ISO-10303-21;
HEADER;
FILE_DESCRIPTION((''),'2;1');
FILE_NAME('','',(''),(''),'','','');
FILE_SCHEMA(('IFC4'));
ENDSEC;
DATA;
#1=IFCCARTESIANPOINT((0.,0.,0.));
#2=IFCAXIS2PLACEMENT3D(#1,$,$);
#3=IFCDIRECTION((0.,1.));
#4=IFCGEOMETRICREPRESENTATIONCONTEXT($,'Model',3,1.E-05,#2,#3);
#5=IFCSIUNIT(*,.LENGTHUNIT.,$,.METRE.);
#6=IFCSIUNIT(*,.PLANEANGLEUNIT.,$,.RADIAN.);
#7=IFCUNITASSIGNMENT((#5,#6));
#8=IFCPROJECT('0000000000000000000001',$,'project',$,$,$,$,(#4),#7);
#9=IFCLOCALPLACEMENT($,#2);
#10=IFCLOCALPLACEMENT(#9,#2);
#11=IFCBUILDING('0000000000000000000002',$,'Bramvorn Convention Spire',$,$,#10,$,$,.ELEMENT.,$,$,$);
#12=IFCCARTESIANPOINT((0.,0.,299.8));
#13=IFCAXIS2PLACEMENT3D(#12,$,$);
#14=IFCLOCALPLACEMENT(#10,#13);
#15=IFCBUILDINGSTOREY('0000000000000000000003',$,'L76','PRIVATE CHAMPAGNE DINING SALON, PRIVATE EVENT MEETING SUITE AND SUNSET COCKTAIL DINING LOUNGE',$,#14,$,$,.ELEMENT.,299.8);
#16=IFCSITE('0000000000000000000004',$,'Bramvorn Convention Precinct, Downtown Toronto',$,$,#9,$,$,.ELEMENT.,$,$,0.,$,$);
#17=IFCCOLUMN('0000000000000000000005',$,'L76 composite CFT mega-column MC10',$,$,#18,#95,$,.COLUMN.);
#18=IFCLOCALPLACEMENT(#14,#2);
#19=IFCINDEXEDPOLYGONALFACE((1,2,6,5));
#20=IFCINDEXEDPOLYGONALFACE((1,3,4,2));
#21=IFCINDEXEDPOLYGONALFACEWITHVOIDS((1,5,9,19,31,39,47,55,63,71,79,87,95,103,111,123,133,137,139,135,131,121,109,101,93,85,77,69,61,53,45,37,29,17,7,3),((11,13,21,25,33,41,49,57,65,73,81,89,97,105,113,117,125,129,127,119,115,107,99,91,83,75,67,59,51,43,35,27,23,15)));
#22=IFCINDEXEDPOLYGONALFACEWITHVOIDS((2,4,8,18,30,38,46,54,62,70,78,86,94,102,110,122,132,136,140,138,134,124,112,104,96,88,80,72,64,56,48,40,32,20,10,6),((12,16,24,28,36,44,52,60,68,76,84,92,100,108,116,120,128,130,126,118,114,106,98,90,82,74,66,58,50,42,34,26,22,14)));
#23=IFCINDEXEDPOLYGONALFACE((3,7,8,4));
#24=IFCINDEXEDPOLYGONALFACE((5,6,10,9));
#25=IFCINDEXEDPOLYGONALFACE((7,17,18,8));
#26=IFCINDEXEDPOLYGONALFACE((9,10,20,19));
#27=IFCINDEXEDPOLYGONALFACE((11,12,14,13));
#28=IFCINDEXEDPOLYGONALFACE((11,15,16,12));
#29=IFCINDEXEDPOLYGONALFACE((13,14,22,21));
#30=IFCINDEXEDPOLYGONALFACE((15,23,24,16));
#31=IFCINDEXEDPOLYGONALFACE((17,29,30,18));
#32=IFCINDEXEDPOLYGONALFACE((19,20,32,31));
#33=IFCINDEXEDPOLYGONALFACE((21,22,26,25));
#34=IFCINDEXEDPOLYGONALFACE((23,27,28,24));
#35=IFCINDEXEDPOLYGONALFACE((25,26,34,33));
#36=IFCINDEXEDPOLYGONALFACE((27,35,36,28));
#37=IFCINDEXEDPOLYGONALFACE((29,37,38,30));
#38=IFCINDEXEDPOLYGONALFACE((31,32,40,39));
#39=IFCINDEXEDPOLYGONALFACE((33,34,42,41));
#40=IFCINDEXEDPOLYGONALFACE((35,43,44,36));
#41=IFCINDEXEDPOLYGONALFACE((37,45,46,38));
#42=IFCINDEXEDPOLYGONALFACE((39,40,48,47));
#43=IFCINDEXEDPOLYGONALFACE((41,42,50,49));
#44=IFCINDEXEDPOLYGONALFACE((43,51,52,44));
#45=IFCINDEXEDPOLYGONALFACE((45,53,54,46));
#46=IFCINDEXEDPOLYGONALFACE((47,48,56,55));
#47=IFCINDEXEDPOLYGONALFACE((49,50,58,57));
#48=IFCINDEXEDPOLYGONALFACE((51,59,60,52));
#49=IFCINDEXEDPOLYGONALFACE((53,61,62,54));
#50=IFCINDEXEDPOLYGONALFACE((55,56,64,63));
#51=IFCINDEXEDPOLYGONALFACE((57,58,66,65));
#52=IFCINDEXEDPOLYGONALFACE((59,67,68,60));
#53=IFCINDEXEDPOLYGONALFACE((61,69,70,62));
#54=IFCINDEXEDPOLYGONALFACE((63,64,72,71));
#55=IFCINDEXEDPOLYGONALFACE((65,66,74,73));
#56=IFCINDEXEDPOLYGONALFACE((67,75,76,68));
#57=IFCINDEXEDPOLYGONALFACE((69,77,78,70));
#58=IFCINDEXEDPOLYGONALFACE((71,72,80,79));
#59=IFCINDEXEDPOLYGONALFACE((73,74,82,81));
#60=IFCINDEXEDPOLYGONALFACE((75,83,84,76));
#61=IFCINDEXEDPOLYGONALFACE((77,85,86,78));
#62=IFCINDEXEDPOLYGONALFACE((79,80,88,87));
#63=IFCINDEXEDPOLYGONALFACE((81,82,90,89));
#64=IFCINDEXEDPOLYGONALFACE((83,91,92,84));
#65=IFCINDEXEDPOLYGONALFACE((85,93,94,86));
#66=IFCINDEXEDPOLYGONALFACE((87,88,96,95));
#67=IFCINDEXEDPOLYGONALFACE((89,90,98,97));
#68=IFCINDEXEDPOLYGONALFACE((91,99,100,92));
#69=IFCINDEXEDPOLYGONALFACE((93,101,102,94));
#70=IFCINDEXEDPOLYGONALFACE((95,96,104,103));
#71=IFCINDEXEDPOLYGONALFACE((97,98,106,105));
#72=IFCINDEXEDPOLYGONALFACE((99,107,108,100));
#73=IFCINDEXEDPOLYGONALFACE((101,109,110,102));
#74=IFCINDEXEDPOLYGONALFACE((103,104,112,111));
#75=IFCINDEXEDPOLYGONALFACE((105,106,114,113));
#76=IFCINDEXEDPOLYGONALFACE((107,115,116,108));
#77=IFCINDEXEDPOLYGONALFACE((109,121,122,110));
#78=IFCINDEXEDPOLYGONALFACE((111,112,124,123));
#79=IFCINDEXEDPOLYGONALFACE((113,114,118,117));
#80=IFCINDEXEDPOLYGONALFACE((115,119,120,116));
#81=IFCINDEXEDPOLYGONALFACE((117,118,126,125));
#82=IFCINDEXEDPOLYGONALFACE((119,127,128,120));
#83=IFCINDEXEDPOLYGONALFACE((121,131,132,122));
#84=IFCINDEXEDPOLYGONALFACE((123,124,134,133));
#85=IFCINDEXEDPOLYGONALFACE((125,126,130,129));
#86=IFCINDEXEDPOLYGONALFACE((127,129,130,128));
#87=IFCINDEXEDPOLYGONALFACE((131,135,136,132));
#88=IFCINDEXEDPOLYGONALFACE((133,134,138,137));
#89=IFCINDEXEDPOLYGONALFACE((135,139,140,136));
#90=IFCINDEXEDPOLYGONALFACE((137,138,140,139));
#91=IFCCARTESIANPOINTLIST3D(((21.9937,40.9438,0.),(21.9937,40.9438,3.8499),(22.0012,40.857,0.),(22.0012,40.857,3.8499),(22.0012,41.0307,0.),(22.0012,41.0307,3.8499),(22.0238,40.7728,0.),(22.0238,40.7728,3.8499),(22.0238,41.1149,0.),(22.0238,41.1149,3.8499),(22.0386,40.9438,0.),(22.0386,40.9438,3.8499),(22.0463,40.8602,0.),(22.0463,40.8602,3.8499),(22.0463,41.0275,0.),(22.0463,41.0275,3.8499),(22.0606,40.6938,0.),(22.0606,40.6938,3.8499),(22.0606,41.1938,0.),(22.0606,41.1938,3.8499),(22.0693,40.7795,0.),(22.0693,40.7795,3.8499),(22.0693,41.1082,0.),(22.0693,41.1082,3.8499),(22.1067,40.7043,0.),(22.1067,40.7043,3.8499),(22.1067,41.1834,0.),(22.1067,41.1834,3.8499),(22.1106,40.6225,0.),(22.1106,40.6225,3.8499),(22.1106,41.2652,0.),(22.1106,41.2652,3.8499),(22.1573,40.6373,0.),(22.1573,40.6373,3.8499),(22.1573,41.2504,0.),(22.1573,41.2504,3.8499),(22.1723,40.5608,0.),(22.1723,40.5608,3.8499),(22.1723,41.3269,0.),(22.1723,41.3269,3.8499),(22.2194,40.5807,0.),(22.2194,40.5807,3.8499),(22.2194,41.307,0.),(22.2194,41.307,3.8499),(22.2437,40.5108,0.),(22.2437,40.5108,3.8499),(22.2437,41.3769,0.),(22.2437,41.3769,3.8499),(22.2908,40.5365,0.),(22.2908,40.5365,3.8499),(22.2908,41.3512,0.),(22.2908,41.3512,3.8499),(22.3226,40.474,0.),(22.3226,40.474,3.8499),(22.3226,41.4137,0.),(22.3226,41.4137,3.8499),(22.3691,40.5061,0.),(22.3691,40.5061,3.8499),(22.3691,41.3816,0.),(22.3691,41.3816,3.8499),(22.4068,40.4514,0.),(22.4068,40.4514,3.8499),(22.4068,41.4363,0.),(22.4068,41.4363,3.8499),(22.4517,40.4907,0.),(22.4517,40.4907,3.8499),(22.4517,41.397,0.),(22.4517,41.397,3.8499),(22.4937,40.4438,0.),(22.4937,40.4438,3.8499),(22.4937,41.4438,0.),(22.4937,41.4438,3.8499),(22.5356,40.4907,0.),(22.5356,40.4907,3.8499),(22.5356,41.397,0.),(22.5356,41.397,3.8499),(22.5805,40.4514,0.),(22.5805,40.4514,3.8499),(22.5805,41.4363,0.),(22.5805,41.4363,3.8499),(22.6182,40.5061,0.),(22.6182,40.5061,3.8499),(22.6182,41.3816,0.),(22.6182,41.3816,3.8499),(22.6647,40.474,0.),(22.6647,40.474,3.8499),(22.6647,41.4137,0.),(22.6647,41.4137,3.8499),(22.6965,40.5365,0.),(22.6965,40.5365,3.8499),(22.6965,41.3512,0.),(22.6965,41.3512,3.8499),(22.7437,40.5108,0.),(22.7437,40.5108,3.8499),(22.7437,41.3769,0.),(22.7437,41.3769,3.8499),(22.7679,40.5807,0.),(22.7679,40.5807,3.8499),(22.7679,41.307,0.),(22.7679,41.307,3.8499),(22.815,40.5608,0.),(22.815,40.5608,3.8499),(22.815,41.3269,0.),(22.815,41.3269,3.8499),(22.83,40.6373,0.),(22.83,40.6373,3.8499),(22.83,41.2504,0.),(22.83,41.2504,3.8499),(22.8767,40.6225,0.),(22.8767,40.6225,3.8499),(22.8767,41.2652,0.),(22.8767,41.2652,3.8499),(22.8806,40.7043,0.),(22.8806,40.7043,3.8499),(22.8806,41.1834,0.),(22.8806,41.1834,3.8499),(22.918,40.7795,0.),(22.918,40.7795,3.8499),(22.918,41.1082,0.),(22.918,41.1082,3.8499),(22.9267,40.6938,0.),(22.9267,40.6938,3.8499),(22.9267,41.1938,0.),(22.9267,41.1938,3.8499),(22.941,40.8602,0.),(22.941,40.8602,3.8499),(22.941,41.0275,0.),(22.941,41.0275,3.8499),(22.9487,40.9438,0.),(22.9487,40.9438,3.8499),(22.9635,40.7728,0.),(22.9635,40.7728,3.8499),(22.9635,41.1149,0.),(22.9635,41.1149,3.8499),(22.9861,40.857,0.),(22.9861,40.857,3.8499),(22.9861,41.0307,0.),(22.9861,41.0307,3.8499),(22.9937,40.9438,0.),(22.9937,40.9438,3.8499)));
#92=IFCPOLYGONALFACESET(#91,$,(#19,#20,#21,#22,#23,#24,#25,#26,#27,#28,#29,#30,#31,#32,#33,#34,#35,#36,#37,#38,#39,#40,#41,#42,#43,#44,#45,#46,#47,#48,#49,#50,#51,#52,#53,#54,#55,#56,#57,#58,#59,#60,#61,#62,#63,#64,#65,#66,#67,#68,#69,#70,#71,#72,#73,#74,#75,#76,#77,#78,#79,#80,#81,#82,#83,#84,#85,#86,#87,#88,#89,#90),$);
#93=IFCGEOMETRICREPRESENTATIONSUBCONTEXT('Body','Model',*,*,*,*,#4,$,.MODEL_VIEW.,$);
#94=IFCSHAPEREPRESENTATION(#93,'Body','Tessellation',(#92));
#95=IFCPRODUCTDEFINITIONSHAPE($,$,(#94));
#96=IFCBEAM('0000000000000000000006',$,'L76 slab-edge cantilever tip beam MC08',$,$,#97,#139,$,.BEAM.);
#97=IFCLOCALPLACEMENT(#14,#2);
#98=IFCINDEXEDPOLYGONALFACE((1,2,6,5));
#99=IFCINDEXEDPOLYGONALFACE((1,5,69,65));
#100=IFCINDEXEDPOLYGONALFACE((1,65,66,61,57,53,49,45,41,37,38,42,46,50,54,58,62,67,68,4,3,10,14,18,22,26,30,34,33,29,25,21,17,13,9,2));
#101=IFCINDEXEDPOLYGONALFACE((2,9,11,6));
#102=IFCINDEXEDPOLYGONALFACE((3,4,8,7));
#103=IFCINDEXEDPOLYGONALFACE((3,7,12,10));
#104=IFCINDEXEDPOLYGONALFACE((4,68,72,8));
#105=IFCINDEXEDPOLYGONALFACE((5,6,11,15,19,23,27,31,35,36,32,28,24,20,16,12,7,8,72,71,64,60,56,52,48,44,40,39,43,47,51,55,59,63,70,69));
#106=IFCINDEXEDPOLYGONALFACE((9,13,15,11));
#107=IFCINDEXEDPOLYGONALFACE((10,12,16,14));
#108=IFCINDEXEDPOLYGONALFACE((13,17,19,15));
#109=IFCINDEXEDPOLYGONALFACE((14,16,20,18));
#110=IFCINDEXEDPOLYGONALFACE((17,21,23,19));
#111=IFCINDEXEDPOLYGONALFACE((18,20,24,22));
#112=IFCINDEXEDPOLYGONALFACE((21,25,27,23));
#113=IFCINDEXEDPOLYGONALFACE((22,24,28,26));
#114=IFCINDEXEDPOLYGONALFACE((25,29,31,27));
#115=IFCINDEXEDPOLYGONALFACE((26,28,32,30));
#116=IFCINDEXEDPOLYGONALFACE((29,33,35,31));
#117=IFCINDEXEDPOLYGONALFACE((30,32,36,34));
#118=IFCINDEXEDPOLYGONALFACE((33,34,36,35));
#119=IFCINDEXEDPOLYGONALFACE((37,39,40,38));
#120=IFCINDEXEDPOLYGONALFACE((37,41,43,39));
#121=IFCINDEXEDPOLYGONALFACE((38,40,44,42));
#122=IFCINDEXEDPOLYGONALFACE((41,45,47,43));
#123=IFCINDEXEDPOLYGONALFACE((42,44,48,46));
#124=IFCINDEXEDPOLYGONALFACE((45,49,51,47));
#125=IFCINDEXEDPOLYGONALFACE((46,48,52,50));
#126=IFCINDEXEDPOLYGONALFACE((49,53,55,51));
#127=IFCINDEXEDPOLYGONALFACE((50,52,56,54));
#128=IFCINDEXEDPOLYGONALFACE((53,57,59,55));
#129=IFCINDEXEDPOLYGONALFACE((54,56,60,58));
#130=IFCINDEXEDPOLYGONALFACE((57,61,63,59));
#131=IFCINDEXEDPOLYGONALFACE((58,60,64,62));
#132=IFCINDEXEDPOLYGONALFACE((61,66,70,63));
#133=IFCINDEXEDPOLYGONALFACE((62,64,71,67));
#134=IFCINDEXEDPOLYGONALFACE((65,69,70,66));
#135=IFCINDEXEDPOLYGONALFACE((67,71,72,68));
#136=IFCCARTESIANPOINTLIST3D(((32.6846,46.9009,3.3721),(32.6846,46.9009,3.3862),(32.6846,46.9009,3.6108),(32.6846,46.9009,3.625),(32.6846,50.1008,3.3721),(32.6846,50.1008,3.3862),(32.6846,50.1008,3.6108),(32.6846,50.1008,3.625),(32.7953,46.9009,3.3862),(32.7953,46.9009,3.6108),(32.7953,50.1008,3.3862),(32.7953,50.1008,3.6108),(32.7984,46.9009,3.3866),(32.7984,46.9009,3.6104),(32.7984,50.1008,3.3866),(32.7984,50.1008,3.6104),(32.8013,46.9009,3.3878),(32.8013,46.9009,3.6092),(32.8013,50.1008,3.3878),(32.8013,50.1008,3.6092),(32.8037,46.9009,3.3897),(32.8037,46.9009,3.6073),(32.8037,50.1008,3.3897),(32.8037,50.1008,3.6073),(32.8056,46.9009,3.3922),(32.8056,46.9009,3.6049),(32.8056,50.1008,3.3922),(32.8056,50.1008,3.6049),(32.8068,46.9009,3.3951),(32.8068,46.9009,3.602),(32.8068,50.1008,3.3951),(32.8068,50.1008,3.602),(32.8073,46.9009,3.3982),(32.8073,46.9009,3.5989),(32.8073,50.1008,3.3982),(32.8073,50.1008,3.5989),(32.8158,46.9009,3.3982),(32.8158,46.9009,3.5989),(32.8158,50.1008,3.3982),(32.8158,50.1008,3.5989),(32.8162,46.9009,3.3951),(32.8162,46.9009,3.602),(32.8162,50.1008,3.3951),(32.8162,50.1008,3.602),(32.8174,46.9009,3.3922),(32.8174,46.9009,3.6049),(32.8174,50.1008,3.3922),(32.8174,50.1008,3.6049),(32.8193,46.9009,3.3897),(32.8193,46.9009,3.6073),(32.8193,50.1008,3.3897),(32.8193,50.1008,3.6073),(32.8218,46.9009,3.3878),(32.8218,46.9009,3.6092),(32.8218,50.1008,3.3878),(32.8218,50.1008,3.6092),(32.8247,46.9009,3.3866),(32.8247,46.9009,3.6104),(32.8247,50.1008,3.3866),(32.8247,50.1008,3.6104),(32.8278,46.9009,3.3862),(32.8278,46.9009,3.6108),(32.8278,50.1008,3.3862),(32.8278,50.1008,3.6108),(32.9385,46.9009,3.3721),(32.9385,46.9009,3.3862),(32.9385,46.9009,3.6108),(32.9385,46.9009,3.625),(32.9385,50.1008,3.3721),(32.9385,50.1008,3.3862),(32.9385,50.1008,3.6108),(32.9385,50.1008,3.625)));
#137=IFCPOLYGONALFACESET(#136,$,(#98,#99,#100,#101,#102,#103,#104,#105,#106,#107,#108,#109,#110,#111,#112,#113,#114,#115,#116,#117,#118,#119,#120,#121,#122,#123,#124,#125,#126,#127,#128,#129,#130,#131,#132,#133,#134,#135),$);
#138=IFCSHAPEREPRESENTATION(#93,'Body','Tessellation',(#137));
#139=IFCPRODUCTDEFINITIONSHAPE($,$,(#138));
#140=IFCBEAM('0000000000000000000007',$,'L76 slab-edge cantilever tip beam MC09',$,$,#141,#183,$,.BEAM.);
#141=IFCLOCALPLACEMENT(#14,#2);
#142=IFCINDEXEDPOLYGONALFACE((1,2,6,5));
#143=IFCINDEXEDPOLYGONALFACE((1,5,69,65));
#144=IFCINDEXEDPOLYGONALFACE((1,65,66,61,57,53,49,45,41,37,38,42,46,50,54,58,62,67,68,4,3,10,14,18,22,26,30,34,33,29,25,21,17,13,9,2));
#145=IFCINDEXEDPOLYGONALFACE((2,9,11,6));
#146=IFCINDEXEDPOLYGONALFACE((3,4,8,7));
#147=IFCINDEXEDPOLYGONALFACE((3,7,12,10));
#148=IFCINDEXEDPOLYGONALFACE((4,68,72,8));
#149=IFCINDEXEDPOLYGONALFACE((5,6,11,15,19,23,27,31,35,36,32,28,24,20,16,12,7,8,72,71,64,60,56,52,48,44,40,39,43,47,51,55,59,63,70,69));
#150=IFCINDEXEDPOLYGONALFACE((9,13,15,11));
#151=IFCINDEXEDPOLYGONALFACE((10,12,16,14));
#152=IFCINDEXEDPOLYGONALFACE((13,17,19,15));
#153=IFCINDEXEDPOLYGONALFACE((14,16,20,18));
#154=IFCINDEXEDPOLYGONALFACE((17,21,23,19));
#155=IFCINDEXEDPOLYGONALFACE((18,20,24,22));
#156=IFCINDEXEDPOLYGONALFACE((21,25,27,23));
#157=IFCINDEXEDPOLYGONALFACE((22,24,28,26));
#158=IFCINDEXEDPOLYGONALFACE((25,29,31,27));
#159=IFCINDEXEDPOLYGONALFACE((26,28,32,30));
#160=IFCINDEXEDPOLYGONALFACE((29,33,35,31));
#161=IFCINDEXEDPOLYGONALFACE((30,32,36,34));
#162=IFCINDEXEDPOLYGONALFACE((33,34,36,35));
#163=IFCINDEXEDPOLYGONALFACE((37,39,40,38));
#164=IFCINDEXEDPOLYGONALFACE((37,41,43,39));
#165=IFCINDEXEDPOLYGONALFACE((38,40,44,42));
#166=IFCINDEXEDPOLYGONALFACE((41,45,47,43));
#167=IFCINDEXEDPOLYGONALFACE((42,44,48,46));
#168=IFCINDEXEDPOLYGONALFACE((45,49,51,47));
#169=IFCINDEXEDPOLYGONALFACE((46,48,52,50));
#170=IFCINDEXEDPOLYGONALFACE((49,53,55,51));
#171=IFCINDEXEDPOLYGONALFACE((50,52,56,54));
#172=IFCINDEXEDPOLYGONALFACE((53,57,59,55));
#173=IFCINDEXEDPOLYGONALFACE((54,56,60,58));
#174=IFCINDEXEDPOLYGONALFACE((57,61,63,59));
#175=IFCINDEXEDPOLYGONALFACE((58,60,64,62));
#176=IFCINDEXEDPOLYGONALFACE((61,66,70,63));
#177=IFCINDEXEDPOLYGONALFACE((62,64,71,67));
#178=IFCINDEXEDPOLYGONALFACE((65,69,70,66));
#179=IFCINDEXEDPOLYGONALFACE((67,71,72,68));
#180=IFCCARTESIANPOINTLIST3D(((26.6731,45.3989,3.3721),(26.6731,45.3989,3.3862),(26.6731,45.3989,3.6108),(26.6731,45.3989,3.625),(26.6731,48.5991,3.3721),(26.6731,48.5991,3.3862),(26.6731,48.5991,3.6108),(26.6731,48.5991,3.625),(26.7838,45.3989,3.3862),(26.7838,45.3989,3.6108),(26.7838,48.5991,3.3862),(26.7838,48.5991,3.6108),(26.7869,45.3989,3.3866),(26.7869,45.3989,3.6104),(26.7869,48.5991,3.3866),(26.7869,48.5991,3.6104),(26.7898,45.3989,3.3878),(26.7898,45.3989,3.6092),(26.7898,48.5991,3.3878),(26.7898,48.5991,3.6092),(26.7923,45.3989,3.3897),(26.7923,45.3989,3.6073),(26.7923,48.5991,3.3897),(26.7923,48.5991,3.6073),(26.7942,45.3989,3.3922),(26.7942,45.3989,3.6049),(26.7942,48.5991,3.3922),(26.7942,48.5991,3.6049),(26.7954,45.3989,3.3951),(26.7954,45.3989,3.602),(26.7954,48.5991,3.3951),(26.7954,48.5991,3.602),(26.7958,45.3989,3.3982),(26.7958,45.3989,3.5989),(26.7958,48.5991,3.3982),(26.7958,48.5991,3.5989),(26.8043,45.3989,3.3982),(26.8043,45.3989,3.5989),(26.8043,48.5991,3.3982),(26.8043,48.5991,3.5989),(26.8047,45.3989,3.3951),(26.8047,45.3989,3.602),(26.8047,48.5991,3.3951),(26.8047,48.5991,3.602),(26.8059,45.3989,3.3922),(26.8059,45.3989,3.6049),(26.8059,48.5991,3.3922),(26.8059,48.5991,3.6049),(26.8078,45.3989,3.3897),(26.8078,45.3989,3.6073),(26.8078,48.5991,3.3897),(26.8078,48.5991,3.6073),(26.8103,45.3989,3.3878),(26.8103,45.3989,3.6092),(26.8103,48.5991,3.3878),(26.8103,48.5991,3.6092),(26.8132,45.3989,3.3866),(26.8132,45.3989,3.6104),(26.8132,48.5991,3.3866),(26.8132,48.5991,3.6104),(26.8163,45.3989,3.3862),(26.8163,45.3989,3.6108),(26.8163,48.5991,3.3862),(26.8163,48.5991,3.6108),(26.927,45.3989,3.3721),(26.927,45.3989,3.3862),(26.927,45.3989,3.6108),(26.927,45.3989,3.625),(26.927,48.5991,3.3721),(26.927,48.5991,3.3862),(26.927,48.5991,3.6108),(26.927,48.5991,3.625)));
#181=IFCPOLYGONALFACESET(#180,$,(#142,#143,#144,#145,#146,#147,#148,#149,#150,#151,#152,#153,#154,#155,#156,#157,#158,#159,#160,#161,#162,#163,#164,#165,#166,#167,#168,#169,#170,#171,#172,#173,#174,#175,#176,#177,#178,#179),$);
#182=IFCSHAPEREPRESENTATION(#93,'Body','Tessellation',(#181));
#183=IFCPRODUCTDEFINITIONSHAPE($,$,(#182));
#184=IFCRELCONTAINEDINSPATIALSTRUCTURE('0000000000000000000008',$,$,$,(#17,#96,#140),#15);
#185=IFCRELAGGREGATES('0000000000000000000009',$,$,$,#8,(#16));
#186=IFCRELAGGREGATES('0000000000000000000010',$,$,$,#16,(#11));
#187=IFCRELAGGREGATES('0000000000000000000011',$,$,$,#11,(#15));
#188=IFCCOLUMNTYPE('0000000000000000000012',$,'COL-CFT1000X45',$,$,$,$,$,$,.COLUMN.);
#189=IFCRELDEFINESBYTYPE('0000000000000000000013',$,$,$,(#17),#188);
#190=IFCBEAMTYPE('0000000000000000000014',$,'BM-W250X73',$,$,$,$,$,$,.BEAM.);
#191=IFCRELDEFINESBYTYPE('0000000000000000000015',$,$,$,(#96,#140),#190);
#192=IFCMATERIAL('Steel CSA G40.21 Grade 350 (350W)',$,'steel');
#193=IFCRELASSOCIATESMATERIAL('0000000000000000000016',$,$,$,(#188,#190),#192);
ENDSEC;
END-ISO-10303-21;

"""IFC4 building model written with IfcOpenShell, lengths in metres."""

from ifc_helpers import new_model, si_unit, direction, frame, origin, origin_2d, place, context, subcontext, project, spatial, hollow_circle, i_section, extrude, material, material_profile, profile_set, type_object, element, save


model = new_model("IFC4")

# Units and contexts
model_context = context("Model", 3, precision=1e-05, world=origin(), true_north=direction((0.0, 1.0)))
body_context = subcontext(model_context, "Body", "Model", "MODEL_VIEW")
ifc_project = project(units=[si_unit("LENGTHUNIT", "METRE"), si_unit("PLANEANGLEUNIT", "RADIAN")], contexts=[model_context])

# Site, building, storey
site_placement = place(None, origin())
site = spatial("IfcSite", under=ifc_project, at=site_placement, Name="Bramvorn Convention Precinct, Downtown Toronto", CompositionType="ELEMENT", RefElevation=0.0)
building_placement = place(site_placement, origin())
building = spatial("IfcBuilding", under=site, at=building_placement, Name="Bramvorn Convention Spire", CompositionType="ELEMENT")
storey_placement = place(building_placement, frame((0.0, 0.0, 299.8)))
storey = spatial("IfcBuildingStorey", under=building, at=storey_placement, Name="L76", Description="PRIVATE CHAMPAGNE DINING SALON, PRIVATE EVENT MEETING SUITE AND SUNSET COCKTAIL DINING LOUNGE", CompositionType="ELEMENT", Elevation=299.8)

# Column
ifc_material_1 = material(Name="Steel CSA G40.21 Grade 350 (350W)", Category="steel")
ifc_material_profile_1 = material_profile(ifc_material_1, hollow_circle(Radius=0.5, WallThickness=0.0449, at=origin_2d()))
ifc_profile_set_1 = profile_set([ifc_material_profile_1], Name="Steel CSA G40.21 Grade 350 (350W) - CFT1000X45")
column_type = type_object("IfcColumnType", Name="COL-CFT1000X45", PredefinedType="COLUMN", material=ifc_profile_set_1)
for number, where, z_axis, x_axis, name in (
    (1, (22.4937, 40.9438, 0.0), (0.0, 0.0, 1.0), (1.0, 0.0, 0.0), "L76 composite CFT mega-column MC10"),
):
    element("IfcColumn", number, at=place(storey_placement, frame(where, z_axis=z_axis, x_axis=x_axis)), inside=storey, type_object=column_type, Name=name, PredefinedType="COLUMN", context=body_context, shape_type="SweptSolid", body=[
        extrude(hollow_circle(Radius=0.5, WallThickness=0.0449, at=origin_2d()), origin(), (0.0, 0.0, 1.0), 3.8499),
    ])

# Beams
ifc_material_profile_2 = material_profile(ifc_material_1, i_section(OverallWidth=0.2539, OverallDepth=0.2529, WebThickness=0.0085, FlangeThickness=0.0142, FilletRadius=0.012, at=origin_2d()))
ifc_profile_set_2 = profile_set([ifc_material_profile_2], Name="Steel CSA G40.21 Grade 350 (350W) - W250X73")
beam_type_1 = type_object("IfcBeamType", Name="BM-W250X73", PredefinedType="BEAM", material=ifc_profile_set_2)
beam_1_placement = place(storey_placement, frame((32.8115, 46.9009, 3.4985), z_axis=(0.0, 1.0, 0.0), x_axis=(-1.0, 0.0, 0.0)))
element("IfcBeam", 2, at=beam_1_placement, inside=storey, type_object=beam_type_1, Name="L76 slab-edge cantilever tip beam MC08", PredefinedType="BEAM", context=body_context, shape_type="SweptSolid", body=[
    extrude(i_section(OverallWidth=0.2539, OverallDepth=0.2529, WebThickness=0.0085, FlangeThickness=0.0142, FilletRadius=0.012, at=origin_2d()), origin(), (0.0, 0.0, 1.0), 3.2),
])
beam_2_placement = place(storey_placement, frame((26.8, 45.3989, 3.4985), z_axis=(0.0, 1.0, 0.0), x_axis=(-1.0, 0.0, 0.0)))
element("IfcBeam", 3, at=beam_2_placement, inside=storey, type_object=beam_type_1, Name="L76 slab-edge cantilever tip beam MC09", PredefinedType="BEAM", context=body_context, shape_type="SweptSolid", body=[
    extrude(i_section(OverallWidth=0.2539, OverallDepth=0.2529, WebThickness=0.0085, FlangeThickness=0.0142, FilletRadius=0.012, at=origin_2d()), origin(), (0.0, 0.0, 1.0), 3.2002),
])

save(model, "model.ifc")
